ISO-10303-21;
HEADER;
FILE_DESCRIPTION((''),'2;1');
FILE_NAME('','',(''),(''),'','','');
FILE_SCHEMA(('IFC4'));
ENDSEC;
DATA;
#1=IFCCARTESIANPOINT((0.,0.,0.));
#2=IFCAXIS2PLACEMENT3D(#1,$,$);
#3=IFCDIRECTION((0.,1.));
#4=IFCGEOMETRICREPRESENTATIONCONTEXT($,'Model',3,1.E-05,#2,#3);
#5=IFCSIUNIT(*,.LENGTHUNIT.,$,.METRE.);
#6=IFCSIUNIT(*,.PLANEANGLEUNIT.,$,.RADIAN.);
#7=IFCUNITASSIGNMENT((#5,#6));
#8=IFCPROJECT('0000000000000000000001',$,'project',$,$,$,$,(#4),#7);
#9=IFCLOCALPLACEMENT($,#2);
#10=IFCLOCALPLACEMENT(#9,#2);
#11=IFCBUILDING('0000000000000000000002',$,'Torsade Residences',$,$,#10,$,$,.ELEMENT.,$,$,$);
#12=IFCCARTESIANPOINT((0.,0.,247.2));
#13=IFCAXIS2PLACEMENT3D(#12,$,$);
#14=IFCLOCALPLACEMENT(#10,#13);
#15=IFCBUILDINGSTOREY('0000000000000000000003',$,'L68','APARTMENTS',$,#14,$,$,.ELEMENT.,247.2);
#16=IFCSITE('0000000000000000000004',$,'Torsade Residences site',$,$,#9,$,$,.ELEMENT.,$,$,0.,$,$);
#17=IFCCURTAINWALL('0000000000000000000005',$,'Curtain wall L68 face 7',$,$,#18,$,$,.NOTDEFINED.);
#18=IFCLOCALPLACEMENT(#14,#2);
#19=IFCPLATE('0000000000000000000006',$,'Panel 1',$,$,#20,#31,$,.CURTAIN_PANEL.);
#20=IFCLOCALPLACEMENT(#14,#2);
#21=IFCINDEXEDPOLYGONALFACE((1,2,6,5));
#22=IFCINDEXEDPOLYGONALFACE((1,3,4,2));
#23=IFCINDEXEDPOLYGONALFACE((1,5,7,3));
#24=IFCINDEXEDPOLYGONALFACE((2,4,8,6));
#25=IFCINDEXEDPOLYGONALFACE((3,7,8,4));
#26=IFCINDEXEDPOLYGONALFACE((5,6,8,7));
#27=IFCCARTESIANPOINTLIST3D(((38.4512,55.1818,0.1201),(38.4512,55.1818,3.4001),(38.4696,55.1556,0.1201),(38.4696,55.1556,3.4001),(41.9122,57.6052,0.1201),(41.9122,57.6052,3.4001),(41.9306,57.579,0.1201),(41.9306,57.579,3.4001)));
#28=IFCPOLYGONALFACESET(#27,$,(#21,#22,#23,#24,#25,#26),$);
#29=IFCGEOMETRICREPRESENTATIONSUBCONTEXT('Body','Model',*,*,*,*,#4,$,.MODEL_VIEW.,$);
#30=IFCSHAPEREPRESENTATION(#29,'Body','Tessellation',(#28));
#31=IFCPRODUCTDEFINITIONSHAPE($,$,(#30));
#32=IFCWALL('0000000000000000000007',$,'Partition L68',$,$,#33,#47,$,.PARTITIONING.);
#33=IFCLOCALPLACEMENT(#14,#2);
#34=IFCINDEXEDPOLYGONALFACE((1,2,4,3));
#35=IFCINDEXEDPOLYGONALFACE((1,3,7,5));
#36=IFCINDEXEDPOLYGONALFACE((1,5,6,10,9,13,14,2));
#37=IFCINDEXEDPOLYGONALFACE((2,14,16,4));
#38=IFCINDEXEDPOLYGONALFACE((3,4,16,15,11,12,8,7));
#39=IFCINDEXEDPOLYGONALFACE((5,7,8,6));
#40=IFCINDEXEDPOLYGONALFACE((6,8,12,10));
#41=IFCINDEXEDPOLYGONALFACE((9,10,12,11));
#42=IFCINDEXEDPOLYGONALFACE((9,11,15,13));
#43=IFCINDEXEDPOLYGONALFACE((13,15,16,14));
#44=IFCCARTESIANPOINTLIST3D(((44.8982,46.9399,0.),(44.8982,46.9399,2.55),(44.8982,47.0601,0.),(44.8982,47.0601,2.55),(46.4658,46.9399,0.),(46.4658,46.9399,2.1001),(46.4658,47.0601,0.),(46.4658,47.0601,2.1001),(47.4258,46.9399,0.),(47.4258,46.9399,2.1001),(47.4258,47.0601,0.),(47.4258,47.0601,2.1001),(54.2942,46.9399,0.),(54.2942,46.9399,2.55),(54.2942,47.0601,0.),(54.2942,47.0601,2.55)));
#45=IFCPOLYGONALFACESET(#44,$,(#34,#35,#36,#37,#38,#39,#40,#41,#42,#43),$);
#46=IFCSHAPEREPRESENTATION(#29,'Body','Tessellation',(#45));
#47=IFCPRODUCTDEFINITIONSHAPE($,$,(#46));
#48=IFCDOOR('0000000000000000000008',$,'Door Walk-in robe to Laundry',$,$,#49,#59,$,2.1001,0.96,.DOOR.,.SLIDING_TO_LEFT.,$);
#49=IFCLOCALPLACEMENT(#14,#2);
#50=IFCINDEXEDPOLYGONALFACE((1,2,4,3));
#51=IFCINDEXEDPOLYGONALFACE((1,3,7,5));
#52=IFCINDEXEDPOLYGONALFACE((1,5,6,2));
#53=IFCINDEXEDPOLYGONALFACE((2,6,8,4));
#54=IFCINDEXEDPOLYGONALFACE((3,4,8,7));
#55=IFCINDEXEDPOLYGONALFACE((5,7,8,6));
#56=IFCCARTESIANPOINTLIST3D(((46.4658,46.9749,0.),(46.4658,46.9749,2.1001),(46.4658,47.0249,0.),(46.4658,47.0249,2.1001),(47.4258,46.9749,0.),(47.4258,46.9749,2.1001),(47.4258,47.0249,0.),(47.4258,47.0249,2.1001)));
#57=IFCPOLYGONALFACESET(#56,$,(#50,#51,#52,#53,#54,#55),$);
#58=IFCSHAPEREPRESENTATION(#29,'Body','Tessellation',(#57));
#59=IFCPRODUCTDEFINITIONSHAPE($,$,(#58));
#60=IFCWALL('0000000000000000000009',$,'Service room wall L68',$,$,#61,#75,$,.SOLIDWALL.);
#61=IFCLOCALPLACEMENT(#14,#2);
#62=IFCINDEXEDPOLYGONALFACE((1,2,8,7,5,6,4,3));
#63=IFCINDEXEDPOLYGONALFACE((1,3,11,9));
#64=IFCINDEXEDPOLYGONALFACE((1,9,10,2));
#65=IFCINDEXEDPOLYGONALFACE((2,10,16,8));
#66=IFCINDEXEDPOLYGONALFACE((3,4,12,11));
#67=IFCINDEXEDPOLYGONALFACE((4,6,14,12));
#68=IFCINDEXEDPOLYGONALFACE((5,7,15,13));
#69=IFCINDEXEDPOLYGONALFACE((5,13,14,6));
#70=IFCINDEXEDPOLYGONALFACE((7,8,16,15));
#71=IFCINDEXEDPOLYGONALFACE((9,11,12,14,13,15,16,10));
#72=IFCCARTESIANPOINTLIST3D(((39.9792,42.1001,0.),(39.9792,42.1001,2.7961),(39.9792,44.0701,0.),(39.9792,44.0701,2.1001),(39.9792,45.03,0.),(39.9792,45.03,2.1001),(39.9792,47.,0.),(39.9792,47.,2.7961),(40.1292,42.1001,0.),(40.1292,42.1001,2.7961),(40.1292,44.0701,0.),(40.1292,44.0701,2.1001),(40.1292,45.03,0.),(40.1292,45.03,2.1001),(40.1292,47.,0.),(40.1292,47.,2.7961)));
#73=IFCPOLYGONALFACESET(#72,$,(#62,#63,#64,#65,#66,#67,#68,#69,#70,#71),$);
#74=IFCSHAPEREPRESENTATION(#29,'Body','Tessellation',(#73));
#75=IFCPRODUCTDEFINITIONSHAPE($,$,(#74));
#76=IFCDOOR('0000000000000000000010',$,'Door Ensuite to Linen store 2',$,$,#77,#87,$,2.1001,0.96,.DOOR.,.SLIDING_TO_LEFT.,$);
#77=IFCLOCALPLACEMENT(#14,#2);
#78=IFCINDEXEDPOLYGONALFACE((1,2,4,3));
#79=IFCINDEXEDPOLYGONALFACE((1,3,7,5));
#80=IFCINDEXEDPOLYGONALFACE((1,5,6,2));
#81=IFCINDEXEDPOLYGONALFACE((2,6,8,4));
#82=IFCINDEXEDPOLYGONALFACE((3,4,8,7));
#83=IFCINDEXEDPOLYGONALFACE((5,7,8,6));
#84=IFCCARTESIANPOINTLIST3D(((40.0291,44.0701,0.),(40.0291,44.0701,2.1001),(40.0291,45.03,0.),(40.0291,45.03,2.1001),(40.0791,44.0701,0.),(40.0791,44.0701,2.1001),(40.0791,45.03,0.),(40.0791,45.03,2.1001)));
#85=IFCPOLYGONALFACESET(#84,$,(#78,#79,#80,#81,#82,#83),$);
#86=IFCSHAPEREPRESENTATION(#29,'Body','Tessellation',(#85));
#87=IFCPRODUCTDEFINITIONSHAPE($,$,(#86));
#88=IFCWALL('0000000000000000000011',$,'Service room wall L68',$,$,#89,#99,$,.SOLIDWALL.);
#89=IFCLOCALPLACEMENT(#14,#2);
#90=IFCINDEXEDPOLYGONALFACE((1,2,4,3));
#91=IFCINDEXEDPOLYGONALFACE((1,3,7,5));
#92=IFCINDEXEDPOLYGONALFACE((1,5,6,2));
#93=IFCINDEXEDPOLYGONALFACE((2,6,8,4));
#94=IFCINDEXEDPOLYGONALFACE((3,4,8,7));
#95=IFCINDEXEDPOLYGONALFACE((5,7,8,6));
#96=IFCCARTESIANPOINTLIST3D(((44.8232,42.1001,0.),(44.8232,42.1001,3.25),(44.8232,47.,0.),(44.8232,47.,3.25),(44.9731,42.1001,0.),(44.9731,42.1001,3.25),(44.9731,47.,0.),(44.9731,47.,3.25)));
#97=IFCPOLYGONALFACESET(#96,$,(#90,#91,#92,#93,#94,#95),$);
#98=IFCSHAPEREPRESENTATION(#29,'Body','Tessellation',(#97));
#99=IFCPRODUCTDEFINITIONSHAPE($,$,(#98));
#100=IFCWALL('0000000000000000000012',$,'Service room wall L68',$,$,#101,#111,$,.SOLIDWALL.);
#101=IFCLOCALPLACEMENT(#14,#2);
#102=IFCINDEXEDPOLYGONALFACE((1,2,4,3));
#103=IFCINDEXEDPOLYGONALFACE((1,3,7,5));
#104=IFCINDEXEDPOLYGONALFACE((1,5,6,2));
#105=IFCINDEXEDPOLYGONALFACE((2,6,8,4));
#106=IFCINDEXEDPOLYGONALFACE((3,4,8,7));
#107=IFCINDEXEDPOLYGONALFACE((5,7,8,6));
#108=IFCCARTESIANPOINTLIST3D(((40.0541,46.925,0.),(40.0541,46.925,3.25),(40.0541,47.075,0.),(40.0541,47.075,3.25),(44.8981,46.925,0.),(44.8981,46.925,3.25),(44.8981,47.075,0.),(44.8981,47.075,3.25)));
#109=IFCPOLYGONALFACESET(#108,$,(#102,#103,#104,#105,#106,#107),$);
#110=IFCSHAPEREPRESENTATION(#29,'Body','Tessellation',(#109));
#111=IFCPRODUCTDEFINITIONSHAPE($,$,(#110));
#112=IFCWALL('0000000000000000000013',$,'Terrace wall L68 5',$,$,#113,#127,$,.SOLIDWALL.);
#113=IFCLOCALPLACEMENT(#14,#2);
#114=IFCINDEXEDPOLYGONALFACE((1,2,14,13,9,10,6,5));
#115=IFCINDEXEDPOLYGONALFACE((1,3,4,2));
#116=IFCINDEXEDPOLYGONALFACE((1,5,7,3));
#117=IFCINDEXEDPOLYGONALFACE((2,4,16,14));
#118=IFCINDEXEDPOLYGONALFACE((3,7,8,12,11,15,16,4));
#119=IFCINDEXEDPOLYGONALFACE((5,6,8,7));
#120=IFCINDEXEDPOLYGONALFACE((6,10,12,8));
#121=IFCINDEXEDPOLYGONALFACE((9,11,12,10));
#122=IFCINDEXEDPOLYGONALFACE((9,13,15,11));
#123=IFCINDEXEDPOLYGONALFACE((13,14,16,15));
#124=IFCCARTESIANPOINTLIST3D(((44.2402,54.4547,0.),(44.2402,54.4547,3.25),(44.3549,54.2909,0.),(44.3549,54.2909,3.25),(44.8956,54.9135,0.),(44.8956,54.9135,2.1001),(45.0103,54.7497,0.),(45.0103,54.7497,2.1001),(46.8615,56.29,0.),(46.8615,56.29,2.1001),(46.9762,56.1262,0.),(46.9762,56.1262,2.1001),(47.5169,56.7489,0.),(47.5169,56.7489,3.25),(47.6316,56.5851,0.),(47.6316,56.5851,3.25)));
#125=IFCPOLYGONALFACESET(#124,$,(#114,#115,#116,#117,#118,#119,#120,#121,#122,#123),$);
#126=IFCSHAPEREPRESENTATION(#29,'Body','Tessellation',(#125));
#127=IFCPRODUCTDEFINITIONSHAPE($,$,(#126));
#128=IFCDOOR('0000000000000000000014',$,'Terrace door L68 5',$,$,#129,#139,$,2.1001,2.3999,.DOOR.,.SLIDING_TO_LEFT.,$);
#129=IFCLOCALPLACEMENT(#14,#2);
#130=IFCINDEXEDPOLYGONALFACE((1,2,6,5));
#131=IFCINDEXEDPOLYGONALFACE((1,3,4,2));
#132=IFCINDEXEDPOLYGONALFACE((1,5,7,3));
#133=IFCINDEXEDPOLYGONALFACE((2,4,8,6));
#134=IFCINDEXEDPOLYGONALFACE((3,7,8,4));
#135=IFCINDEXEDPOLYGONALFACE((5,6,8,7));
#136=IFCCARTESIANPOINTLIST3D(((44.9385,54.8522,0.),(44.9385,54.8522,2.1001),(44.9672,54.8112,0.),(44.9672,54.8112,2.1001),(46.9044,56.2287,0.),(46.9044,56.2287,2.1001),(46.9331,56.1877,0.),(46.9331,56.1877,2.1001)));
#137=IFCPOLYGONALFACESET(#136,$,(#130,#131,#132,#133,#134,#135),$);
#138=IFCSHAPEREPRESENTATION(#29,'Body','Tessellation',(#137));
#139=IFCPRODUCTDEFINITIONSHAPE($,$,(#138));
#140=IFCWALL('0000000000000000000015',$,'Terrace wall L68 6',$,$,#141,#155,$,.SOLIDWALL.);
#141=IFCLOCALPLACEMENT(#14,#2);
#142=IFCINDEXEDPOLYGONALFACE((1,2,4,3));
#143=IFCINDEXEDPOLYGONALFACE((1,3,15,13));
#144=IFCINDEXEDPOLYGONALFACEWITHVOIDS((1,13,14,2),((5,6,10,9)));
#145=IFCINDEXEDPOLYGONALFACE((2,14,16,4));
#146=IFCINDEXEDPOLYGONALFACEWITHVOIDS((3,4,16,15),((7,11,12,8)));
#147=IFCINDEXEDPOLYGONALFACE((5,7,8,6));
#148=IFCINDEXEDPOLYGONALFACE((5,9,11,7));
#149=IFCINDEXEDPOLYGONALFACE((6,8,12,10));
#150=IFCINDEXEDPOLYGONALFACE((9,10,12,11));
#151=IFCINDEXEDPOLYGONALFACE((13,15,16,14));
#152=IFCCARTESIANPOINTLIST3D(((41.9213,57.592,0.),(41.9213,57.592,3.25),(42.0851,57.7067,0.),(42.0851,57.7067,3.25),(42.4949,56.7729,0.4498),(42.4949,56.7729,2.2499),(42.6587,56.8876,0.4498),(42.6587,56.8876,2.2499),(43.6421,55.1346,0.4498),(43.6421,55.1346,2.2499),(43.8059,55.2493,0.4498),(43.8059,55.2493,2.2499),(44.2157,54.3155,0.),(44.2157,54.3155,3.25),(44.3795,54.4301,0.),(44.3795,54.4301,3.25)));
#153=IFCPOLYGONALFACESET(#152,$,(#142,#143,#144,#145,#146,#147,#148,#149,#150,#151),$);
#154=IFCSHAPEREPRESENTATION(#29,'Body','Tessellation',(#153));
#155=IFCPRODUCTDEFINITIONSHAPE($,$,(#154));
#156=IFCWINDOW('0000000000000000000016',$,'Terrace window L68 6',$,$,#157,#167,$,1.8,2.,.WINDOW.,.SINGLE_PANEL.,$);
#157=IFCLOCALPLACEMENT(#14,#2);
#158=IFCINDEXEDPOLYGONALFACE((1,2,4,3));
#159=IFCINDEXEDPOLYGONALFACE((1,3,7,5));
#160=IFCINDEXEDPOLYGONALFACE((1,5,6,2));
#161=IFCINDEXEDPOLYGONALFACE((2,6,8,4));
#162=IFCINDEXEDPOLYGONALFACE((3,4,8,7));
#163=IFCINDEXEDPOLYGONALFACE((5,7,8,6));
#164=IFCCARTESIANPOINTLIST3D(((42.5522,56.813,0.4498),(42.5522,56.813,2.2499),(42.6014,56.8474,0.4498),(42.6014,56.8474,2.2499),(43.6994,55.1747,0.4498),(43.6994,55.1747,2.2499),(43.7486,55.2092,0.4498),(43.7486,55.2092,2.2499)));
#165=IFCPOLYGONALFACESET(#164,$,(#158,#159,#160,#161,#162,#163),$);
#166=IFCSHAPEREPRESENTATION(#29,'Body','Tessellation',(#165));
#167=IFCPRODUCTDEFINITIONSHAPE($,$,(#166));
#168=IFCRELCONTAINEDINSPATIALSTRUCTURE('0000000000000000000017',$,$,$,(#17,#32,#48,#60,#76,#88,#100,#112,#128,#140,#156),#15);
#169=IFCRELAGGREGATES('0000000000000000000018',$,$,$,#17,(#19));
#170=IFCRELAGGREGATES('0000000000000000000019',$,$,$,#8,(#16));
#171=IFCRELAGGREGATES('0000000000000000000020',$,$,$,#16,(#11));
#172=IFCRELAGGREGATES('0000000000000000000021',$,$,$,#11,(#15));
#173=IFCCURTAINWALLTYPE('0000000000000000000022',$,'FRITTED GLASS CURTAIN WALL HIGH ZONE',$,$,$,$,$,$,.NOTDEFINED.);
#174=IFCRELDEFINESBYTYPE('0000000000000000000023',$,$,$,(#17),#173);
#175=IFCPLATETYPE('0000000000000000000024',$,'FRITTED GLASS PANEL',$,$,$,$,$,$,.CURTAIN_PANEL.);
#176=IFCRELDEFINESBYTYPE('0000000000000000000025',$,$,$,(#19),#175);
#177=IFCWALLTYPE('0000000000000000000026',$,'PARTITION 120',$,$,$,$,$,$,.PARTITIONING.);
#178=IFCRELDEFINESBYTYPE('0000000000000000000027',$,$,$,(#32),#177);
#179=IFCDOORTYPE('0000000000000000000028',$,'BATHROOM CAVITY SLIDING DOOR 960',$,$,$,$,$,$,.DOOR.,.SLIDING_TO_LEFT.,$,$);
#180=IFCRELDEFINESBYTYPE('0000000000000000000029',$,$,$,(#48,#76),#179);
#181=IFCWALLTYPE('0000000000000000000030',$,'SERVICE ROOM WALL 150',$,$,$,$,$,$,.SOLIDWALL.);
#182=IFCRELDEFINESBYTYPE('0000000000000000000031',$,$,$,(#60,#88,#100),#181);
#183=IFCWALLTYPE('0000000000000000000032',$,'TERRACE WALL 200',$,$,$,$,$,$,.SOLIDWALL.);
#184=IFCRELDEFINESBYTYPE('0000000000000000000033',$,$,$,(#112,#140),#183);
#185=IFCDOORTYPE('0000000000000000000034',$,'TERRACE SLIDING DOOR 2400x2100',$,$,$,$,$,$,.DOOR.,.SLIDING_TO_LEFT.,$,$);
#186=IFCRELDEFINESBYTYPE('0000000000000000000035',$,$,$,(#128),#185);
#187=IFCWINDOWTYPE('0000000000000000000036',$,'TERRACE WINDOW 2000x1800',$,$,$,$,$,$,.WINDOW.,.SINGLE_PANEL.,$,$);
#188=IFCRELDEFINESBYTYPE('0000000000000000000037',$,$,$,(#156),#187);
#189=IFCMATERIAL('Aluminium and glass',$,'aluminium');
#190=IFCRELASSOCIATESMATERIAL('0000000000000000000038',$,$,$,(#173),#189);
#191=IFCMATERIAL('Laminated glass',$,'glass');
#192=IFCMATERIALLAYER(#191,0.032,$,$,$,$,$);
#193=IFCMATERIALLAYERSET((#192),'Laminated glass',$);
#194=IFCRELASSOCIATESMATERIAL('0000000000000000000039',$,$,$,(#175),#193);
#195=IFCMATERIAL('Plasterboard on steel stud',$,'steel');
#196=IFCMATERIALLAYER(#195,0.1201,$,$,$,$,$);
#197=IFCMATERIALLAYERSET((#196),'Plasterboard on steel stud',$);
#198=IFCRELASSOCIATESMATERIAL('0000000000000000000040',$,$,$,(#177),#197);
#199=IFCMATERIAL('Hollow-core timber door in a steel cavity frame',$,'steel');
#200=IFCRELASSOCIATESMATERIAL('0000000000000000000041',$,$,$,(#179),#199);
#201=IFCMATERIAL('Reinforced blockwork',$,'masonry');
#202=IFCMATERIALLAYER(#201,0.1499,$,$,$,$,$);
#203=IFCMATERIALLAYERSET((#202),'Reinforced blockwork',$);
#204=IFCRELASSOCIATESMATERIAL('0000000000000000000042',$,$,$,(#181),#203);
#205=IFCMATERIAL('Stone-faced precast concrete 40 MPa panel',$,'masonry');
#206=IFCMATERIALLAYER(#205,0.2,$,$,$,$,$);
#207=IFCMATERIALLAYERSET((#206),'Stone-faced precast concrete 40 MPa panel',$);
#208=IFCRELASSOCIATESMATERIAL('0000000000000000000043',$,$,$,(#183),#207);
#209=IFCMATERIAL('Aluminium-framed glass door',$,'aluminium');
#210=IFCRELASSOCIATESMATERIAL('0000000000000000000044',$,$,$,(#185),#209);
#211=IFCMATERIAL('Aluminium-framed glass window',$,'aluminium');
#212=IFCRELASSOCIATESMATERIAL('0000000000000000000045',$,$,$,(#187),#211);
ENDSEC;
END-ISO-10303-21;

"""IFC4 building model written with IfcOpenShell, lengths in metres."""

from ifc_helpers import new_model, si_unit, direction, frame, frame_2d, origin, origin_2d, place, context, subcontext, project, spatial, rectangle, extrude, material, layer, layer_set, type_object, element, fill, aggregate, save


model = new_model("IFC4")

# Units and contexts
model_context = context("Model", 3, precision=1e-05, world=origin(), true_north=direction((0.0, 1.0)))
body_context = subcontext(model_context, "Body", "Model", "MODEL_VIEW")
ifc_project = project(units=[si_unit("LENGTHUNIT", "METRE"), si_unit("PLANEANGLEUNIT", "RADIAN")], contexts=[model_context])

# Site, building, storey
site_placement = place(None, origin())
site = spatial("IfcSite", under=ifc_project, at=site_placement, Name="Torsade Residences site", CompositionType="ELEMENT", RefElevation=0.0)
building_placement = place(site_placement, origin())
building = spatial("IfcBuilding", under=site, at=building_placement, Name="Torsade Residences", CompositionType="ELEMENT")
storey_placement = place(building_placement, frame((0.0, 0.0, 247.2)))
storey = spatial("IfcBuildingStorey", under=building, at=storey_placement, Name="L68", Description="APARTMENTS", CompositionType="ELEMENT", Elevation=247.2)

# Shared definitions
ifc_material_1 = material(Name="Aluminium and glass", Category="aluminium")
curtain_wall_type = type_object("IfcCurtainWallType", Name="FRITTED GLASS CURTAIN WALL HIGH ZONE", PredefinedType="NOTDEFINED", material=ifc_material_1)

# Curtain wall
curtain_wall_1_placement = place(storey_placement, origin())
curtain_wall_1 = element("IfcCurtainWall", 1, at=curtain_wall_1_placement, inside=storey, type_object=curtain_wall_type, Name="Curtain wall L68 face 7", PredefinedType="NOTDEFINED")

# Plate
ifc_material_2 = material(Name="Laminated glass", Category="glass")
ifc_layer_1 = layer(ifc_material_2, 0.032)
ifc_layer_set_1 = layer_set([ifc_layer_1], Name="Laminated glass")
plate_type = type_object("IfcPlateType", Name="FRITTED GLASS PANEL", PredefinedType="CURTAIN_PANEL", material=ifc_layer_set_1)
plate_placement = place(storey_placement, frame((40.1909, 56.3804, 0.1201), z_axis=(0.0, 0.0, 1.0), x_axis=(-0.819152, -0.573576, 0.0)))
plate = element("IfcPlate", 2, at=plate_placement, type_object=plate_type, Name="Panel 1", PredefinedType="CURTAIN_PANEL", context=body_context, shape_type="SweptSolid", body=[
    extrude(rectangle(XDim=4.2251, YDim=0.032, at=origin_2d()), origin(), (0.0, 0.0, 1.0), 3.28),
])
aggregate(curtain_wall_1, [plate])

# Walls, openings, doors
ifc_material_3 = material(Name="Plasterboard on steel stud", Category="steel")
ifc_layer_2 = layer(ifc_material_3, 0.1201)
ifc_layer_set_2 = layer_set([ifc_layer_2], Name="Plasterboard on steel stud")
wall_type_1 = type_object("IfcWallType", Name="PARTITION 120", PredefinedType="PARTITIONING", material=ifc_layer_set_2)
wall_1_placement = place(storey_placement, frame((44.8982, 47.0, 0.0), z_axis=(0.0, 0.0, 1.0), x_axis=(1.0, 0.0, 0.0)))
wall_1 = element("IfcWall", 3, at=wall_1_placement, inside=storey, type_object=wall_type_1, Name="Partition L68", PredefinedType="PARTITIONING", context=body_context, shape_type="SweptSolid", body=[
    extrude(rectangle(XDim=9.396, YDim=0.1201, at=frame_2d((4.698, 0.0))), origin(), (0.0, 0.0, 1.0), 2.55),
])
opening_1_placement = place(wall_1_placement, frame((1.5676, 0.0, 0.0)))
opening_1 = element("IfcOpeningElement", 4, at=opening_1_placement, cuts=wall_1, PredefinedType="OPENING", context=body_context, shape_type="SweptSolid", body=[
    extrude(rectangle(XDim=0.96, YDim=2.1001, at=frame_2d((0.48, 1.05))), frame((0.0, 0.0701, 0.0), z_axis=(0.0, -1.0, 0.0), x_axis=(1.0, 0.0, 0.0)), (0.0, 0.0, 1.0), 0.1401),
])
ifc_material_4 = material(Name="Hollow-core timber door in a steel cavity frame", Category="steel")
door_type_1 = type_object("IfcDoorType", Name="BATHROOM CAVITY SLIDING DOOR 960", OperationType="SLIDING_TO_LEFT", PredefinedType="DOOR", material=ifc_material_4)
door_1_placement = place(opening_1_placement, origin())
door_1 = element("IfcDoor", 5, at=door_1_placement, inside=storey, type_object=door_type_1, Name="Door Walk-in robe to Laundry", OperationType="SLIDING_TO_LEFT", OverallHeight=2.1001, OverallWidth=0.96, PredefinedType="DOOR", context=body_context, shape_type="SweptSolid", body=[
    extrude(rectangle(XDim=0.96, YDim=2.1001, at=frame_2d((0.48, 1.05))), frame((0.0, 0.0249, 0.0), z_axis=(0.0, -1.0, 0.0), x_axis=(1.0, 0.0, 0.0)), (0.0, 0.0, 1.0), 0.05),
])
fill(opening_1, door_1)
ifc_material_5 = material(Name="Reinforced blockwork", Category="masonry")
ifc_layer_3 = layer(ifc_material_5, 0.1499)
ifc_layer_set_3 = layer_set([ifc_layer_3], Name="Reinforced blockwork")
wall_type_2 = type_object("IfcWallType", Name="SERVICE ROOM WALL 150", PredefinedType="SOLIDWALL", material=ifc_layer_set_3)
wall_2_placement = place(storey_placement, frame((40.0542, 47.0, 0.0), z_axis=(0.0, 0.0, 1.0), x_axis=(0.0, -1.0, 0.0)))
wall_2 = element("IfcWall", 6, at=wall_2_placement, inside=storey, type_object=wall_type_2, Name="Service room wall L68", PredefinedType="SOLIDWALL", context=body_context, shape_type="SweptSolid", body=[
    extrude(rectangle(XDim=4.8999, YDim=0.1499, at=frame_2d((2.45, 0.0))), origin(), (0.0, 0.0, 1.0), 2.7961),
])
opening_2_placement = place(wall_2_placement, frame((1.97, 0.0, 0.0)))
opening_2 = element("IfcOpeningElement", 7, at=opening_2_placement, cuts=wall_2, PredefinedType="OPENING", context=body_context, shape_type="SweptSolid", body=[
    extrude(rectangle(XDim=0.96, YDim=2.1001, at=frame_2d((0.48, 1.05))), frame((0.0, 0.085, 0.0), z_axis=(0.0, -1.0, 0.0), x_axis=(1.0, 0.0, 0.0)), (0.0, 0.0, 1.0), 0.1699),
])
door_2_placement = place(opening_2_placement, origin())
door_2 = element("IfcDoor", 8, at=door_2_placement, inside=storey, type_object=door_type_1, Name="Door Ensuite to Linen store 2", OperationType="SLIDING_TO_LEFT", OverallHeight=2.1001, OverallWidth=0.96, PredefinedType="DOOR", context=body_context, shape_type="SweptSolid", body=[
    extrude(rectangle(XDim=0.96, YDim=2.1001, at=frame_2d((0.48, 1.05))), frame((0.0, 0.0249, 0.0), z_axis=(0.0, -1.0, 0.0), x_axis=(1.0, 0.0, 0.0)), (0.0, 0.0, 1.0), 0.05),
])
fill(opening_2, door_2)

# Walls
wall_3_placement = place(storey_placement, frame((44.8982, 42.1001, 0.0), z_axis=(0.0, 0.0, 1.0), x_axis=(0.0, 1.0, 0.0)))
element("IfcWall", 9, at=wall_3_placement, inside=storey, type_object=wall_type_2, Name="Service room wall L68", PredefinedType="SOLIDWALL", context=body_context, shape_type="SweptSolid", body=[
    extrude(rectangle(XDim=4.8999, YDim=0.1499, at=frame_2d((2.45, 0.0))), origin(), (0.0, 0.0, 1.0), 3.25),
])
wall_4_placement = place(storey_placement, frame((40.0542, 47.0, 0.0), z_axis=(0.0, 0.0, 1.0), x_axis=(1.0, 0.0, 0.0)))
element("IfcWall", 10, at=wall_4_placement, inside=storey, type_object=wall_type_2, Name="Service room wall L68", PredefinedType="SOLIDWALL", context=body_context, shape_type="SweptSolid", body=[
    extrude(rectangle(XDim=4.844, YDim=0.1499, at=frame_2d((2.4219, 0.0))), origin(), (0.0, 0.0, 1.0), 3.25),
])

# Wall, opening, door
ifc_material_6 = material(Name="Stone-faced precast concrete 40 MPa panel", Category="masonry")
ifc_layer_4 = layer(ifc_material_6, 0.2)
ifc_layer_set_4 = layer_set([ifc_layer_4], Name="Stone-faced precast concrete 40 MPa panel")
wall_type_3 = type_object("IfcWallType", Name="TERRACE WALL 200", PredefinedType="SOLIDWALL", material=ifc_layer_set_4)
wall_5_placement = place(storey_placement, frame((47.5742, 56.667, 0.0), z_axis=(0.0, 0.0, 1.0), x_axis=(-0.819166, -0.573557, 0.0)))
wall_5 = element("IfcWall", 11, at=wall_5_placement, inside=storey, type_object=wall_type_3, Name="Terrace wall L68 5", PredefinedType="SOLIDWALL", context=body_context, shape_type="SweptSolid", body=[
    extrude(rectangle(XDim=4.0, YDim=0.2, at=frame_2d((2.0, 0.0))), origin(), (0.0, 0.0, 1.0), 3.25),
])
opening_3_placement = place(wall_5_placement, frame((0.8, 0.0, 0.0)))
opening_3 = element("IfcOpeningElement", 12, at=opening_3_placement, cuts=wall_5, PredefinedType="OPENING", context=body_context, shape_type="SweptSolid", body=[
    extrude(rectangle(XDim=2.3999, YDim=2.1001, at=frame_2d((1.2, 1.05))), frame((0.0, 0.1099, 0.0), z_axis=(0.0, -1.0, 0.0), x_axis=(1.0, 0.0, 0.0)), (0.0, 0.0, 1.0), 0.22),
])
ifc_material_7 = material(Name="Aluminium-framed glass door", Category="aluminium")
door_type_2 = type_object("IfcDoorType", Name="TERRACE SLIDING DOOR 2400x2100", OperationType="SLIDING_TO_LEFT", PredefinedType="DOOR", material=ifc_material_7)
door_3_placement = place(opening_3_placement, origin())
door_3 = element("IfcDoor", 13, at=door_3_placement, inside=storey, type_object=door_type_2, Name="Terrace door L68 5", OperationType="SLIDING_TO_LEFT", OverallHeight=2.1001, OverallWidth=2.3999, PredefinedType="DOOR", context=body_context, shape_type="SweptSolid", body=[
    extrude(rectangle(XDim=2.3999, YDim=2.1001, at=frame_2d((1.2, 1.05))), frame((0.0, 0.0249, 0.0), z_axis=(0.0, -1.0, 0.0), x_axis=(1.0, 0.0, 0.0)), (0.0, 0.0, 1.0), 0.05),
])
fill(opening_3, door_3)

# Wall, opening, window
wall_6_placement = place(storey_placement, frame((44.2976, 54.3728, 0.0), z_axis=(0.0, 0.0, 1.0), x_axis=(-0.573598, 0.819137, 0.0)))
wall_6 = element("IfcWall", 14, at=wall_6_placement, inside=storey, type_object=wall_type_3, Name="Terrace wall L68 6", PredefinedType="SOLIDWALL", context=body_context, shape_type="SweptSolid", body=[
    extrude(rectangle(XDim=4.0, YDim=0.2, at=frame_2d((2.0, 0.0))), origin(), (0.0, 0.0, 1.0), 3.25),
])
opening_4_placement = place(wall_6_placement, frame((1.0, 0.0, 0.45)))
opening_4 = element("IfcOpeningElement", 15, at=opening_4_placement, cuts=wall_6, PredefinedType="OPENING", context=body_context, shape_type="SweptSolid", body=[
    extrude(rectangle(XDim=2.0, YDim=1.8, at=frame_2d((1.0, 0.8999))), frame((0.0, 0.1099, 0.0), z_axis=(0.0, -1.0, 0.0), x_axis=(1.0, 0.0, 0.0)), (0.0, 0.0, 1.0), 0.22),
])
ifc_material_8 = material(Name="Aluminium-framed glass window", Category="aluminium")
window_type = type_object("IfcWindowType", Name="TERRACE WINDOW 2000x1800", PartitioningType="SINGLE_PANEL", PredefinedType="WINDOW", material=ifc_material_8)
window_placement = place(opening_4_placement, origin())
window = element("IfcWindow", 16, at=window_placement, inside=storey, type_object=window_type, Name="Terrace window L68 6", OverallHeight=1.8, OverallWidth=2.0, PartitioningType="SINGLE_PANEL", PredefinedType="WINDOW", context=body_context, shape_type="SweptSolid", body=[
    extrude(rectangle(XDim=2.0, YDim=1.8, at=frame_2d((1.0, 0.8999))), frame((0.0, 0.03, 0.0), z_axis=(0.0, -1.0, 0.0), x_axis=(1.0, 0.0, 0.0)), (0.0, 0.0, 1.0), 0.0601),
])
fill(opening_4, window)

save(model, "model.ifc")
